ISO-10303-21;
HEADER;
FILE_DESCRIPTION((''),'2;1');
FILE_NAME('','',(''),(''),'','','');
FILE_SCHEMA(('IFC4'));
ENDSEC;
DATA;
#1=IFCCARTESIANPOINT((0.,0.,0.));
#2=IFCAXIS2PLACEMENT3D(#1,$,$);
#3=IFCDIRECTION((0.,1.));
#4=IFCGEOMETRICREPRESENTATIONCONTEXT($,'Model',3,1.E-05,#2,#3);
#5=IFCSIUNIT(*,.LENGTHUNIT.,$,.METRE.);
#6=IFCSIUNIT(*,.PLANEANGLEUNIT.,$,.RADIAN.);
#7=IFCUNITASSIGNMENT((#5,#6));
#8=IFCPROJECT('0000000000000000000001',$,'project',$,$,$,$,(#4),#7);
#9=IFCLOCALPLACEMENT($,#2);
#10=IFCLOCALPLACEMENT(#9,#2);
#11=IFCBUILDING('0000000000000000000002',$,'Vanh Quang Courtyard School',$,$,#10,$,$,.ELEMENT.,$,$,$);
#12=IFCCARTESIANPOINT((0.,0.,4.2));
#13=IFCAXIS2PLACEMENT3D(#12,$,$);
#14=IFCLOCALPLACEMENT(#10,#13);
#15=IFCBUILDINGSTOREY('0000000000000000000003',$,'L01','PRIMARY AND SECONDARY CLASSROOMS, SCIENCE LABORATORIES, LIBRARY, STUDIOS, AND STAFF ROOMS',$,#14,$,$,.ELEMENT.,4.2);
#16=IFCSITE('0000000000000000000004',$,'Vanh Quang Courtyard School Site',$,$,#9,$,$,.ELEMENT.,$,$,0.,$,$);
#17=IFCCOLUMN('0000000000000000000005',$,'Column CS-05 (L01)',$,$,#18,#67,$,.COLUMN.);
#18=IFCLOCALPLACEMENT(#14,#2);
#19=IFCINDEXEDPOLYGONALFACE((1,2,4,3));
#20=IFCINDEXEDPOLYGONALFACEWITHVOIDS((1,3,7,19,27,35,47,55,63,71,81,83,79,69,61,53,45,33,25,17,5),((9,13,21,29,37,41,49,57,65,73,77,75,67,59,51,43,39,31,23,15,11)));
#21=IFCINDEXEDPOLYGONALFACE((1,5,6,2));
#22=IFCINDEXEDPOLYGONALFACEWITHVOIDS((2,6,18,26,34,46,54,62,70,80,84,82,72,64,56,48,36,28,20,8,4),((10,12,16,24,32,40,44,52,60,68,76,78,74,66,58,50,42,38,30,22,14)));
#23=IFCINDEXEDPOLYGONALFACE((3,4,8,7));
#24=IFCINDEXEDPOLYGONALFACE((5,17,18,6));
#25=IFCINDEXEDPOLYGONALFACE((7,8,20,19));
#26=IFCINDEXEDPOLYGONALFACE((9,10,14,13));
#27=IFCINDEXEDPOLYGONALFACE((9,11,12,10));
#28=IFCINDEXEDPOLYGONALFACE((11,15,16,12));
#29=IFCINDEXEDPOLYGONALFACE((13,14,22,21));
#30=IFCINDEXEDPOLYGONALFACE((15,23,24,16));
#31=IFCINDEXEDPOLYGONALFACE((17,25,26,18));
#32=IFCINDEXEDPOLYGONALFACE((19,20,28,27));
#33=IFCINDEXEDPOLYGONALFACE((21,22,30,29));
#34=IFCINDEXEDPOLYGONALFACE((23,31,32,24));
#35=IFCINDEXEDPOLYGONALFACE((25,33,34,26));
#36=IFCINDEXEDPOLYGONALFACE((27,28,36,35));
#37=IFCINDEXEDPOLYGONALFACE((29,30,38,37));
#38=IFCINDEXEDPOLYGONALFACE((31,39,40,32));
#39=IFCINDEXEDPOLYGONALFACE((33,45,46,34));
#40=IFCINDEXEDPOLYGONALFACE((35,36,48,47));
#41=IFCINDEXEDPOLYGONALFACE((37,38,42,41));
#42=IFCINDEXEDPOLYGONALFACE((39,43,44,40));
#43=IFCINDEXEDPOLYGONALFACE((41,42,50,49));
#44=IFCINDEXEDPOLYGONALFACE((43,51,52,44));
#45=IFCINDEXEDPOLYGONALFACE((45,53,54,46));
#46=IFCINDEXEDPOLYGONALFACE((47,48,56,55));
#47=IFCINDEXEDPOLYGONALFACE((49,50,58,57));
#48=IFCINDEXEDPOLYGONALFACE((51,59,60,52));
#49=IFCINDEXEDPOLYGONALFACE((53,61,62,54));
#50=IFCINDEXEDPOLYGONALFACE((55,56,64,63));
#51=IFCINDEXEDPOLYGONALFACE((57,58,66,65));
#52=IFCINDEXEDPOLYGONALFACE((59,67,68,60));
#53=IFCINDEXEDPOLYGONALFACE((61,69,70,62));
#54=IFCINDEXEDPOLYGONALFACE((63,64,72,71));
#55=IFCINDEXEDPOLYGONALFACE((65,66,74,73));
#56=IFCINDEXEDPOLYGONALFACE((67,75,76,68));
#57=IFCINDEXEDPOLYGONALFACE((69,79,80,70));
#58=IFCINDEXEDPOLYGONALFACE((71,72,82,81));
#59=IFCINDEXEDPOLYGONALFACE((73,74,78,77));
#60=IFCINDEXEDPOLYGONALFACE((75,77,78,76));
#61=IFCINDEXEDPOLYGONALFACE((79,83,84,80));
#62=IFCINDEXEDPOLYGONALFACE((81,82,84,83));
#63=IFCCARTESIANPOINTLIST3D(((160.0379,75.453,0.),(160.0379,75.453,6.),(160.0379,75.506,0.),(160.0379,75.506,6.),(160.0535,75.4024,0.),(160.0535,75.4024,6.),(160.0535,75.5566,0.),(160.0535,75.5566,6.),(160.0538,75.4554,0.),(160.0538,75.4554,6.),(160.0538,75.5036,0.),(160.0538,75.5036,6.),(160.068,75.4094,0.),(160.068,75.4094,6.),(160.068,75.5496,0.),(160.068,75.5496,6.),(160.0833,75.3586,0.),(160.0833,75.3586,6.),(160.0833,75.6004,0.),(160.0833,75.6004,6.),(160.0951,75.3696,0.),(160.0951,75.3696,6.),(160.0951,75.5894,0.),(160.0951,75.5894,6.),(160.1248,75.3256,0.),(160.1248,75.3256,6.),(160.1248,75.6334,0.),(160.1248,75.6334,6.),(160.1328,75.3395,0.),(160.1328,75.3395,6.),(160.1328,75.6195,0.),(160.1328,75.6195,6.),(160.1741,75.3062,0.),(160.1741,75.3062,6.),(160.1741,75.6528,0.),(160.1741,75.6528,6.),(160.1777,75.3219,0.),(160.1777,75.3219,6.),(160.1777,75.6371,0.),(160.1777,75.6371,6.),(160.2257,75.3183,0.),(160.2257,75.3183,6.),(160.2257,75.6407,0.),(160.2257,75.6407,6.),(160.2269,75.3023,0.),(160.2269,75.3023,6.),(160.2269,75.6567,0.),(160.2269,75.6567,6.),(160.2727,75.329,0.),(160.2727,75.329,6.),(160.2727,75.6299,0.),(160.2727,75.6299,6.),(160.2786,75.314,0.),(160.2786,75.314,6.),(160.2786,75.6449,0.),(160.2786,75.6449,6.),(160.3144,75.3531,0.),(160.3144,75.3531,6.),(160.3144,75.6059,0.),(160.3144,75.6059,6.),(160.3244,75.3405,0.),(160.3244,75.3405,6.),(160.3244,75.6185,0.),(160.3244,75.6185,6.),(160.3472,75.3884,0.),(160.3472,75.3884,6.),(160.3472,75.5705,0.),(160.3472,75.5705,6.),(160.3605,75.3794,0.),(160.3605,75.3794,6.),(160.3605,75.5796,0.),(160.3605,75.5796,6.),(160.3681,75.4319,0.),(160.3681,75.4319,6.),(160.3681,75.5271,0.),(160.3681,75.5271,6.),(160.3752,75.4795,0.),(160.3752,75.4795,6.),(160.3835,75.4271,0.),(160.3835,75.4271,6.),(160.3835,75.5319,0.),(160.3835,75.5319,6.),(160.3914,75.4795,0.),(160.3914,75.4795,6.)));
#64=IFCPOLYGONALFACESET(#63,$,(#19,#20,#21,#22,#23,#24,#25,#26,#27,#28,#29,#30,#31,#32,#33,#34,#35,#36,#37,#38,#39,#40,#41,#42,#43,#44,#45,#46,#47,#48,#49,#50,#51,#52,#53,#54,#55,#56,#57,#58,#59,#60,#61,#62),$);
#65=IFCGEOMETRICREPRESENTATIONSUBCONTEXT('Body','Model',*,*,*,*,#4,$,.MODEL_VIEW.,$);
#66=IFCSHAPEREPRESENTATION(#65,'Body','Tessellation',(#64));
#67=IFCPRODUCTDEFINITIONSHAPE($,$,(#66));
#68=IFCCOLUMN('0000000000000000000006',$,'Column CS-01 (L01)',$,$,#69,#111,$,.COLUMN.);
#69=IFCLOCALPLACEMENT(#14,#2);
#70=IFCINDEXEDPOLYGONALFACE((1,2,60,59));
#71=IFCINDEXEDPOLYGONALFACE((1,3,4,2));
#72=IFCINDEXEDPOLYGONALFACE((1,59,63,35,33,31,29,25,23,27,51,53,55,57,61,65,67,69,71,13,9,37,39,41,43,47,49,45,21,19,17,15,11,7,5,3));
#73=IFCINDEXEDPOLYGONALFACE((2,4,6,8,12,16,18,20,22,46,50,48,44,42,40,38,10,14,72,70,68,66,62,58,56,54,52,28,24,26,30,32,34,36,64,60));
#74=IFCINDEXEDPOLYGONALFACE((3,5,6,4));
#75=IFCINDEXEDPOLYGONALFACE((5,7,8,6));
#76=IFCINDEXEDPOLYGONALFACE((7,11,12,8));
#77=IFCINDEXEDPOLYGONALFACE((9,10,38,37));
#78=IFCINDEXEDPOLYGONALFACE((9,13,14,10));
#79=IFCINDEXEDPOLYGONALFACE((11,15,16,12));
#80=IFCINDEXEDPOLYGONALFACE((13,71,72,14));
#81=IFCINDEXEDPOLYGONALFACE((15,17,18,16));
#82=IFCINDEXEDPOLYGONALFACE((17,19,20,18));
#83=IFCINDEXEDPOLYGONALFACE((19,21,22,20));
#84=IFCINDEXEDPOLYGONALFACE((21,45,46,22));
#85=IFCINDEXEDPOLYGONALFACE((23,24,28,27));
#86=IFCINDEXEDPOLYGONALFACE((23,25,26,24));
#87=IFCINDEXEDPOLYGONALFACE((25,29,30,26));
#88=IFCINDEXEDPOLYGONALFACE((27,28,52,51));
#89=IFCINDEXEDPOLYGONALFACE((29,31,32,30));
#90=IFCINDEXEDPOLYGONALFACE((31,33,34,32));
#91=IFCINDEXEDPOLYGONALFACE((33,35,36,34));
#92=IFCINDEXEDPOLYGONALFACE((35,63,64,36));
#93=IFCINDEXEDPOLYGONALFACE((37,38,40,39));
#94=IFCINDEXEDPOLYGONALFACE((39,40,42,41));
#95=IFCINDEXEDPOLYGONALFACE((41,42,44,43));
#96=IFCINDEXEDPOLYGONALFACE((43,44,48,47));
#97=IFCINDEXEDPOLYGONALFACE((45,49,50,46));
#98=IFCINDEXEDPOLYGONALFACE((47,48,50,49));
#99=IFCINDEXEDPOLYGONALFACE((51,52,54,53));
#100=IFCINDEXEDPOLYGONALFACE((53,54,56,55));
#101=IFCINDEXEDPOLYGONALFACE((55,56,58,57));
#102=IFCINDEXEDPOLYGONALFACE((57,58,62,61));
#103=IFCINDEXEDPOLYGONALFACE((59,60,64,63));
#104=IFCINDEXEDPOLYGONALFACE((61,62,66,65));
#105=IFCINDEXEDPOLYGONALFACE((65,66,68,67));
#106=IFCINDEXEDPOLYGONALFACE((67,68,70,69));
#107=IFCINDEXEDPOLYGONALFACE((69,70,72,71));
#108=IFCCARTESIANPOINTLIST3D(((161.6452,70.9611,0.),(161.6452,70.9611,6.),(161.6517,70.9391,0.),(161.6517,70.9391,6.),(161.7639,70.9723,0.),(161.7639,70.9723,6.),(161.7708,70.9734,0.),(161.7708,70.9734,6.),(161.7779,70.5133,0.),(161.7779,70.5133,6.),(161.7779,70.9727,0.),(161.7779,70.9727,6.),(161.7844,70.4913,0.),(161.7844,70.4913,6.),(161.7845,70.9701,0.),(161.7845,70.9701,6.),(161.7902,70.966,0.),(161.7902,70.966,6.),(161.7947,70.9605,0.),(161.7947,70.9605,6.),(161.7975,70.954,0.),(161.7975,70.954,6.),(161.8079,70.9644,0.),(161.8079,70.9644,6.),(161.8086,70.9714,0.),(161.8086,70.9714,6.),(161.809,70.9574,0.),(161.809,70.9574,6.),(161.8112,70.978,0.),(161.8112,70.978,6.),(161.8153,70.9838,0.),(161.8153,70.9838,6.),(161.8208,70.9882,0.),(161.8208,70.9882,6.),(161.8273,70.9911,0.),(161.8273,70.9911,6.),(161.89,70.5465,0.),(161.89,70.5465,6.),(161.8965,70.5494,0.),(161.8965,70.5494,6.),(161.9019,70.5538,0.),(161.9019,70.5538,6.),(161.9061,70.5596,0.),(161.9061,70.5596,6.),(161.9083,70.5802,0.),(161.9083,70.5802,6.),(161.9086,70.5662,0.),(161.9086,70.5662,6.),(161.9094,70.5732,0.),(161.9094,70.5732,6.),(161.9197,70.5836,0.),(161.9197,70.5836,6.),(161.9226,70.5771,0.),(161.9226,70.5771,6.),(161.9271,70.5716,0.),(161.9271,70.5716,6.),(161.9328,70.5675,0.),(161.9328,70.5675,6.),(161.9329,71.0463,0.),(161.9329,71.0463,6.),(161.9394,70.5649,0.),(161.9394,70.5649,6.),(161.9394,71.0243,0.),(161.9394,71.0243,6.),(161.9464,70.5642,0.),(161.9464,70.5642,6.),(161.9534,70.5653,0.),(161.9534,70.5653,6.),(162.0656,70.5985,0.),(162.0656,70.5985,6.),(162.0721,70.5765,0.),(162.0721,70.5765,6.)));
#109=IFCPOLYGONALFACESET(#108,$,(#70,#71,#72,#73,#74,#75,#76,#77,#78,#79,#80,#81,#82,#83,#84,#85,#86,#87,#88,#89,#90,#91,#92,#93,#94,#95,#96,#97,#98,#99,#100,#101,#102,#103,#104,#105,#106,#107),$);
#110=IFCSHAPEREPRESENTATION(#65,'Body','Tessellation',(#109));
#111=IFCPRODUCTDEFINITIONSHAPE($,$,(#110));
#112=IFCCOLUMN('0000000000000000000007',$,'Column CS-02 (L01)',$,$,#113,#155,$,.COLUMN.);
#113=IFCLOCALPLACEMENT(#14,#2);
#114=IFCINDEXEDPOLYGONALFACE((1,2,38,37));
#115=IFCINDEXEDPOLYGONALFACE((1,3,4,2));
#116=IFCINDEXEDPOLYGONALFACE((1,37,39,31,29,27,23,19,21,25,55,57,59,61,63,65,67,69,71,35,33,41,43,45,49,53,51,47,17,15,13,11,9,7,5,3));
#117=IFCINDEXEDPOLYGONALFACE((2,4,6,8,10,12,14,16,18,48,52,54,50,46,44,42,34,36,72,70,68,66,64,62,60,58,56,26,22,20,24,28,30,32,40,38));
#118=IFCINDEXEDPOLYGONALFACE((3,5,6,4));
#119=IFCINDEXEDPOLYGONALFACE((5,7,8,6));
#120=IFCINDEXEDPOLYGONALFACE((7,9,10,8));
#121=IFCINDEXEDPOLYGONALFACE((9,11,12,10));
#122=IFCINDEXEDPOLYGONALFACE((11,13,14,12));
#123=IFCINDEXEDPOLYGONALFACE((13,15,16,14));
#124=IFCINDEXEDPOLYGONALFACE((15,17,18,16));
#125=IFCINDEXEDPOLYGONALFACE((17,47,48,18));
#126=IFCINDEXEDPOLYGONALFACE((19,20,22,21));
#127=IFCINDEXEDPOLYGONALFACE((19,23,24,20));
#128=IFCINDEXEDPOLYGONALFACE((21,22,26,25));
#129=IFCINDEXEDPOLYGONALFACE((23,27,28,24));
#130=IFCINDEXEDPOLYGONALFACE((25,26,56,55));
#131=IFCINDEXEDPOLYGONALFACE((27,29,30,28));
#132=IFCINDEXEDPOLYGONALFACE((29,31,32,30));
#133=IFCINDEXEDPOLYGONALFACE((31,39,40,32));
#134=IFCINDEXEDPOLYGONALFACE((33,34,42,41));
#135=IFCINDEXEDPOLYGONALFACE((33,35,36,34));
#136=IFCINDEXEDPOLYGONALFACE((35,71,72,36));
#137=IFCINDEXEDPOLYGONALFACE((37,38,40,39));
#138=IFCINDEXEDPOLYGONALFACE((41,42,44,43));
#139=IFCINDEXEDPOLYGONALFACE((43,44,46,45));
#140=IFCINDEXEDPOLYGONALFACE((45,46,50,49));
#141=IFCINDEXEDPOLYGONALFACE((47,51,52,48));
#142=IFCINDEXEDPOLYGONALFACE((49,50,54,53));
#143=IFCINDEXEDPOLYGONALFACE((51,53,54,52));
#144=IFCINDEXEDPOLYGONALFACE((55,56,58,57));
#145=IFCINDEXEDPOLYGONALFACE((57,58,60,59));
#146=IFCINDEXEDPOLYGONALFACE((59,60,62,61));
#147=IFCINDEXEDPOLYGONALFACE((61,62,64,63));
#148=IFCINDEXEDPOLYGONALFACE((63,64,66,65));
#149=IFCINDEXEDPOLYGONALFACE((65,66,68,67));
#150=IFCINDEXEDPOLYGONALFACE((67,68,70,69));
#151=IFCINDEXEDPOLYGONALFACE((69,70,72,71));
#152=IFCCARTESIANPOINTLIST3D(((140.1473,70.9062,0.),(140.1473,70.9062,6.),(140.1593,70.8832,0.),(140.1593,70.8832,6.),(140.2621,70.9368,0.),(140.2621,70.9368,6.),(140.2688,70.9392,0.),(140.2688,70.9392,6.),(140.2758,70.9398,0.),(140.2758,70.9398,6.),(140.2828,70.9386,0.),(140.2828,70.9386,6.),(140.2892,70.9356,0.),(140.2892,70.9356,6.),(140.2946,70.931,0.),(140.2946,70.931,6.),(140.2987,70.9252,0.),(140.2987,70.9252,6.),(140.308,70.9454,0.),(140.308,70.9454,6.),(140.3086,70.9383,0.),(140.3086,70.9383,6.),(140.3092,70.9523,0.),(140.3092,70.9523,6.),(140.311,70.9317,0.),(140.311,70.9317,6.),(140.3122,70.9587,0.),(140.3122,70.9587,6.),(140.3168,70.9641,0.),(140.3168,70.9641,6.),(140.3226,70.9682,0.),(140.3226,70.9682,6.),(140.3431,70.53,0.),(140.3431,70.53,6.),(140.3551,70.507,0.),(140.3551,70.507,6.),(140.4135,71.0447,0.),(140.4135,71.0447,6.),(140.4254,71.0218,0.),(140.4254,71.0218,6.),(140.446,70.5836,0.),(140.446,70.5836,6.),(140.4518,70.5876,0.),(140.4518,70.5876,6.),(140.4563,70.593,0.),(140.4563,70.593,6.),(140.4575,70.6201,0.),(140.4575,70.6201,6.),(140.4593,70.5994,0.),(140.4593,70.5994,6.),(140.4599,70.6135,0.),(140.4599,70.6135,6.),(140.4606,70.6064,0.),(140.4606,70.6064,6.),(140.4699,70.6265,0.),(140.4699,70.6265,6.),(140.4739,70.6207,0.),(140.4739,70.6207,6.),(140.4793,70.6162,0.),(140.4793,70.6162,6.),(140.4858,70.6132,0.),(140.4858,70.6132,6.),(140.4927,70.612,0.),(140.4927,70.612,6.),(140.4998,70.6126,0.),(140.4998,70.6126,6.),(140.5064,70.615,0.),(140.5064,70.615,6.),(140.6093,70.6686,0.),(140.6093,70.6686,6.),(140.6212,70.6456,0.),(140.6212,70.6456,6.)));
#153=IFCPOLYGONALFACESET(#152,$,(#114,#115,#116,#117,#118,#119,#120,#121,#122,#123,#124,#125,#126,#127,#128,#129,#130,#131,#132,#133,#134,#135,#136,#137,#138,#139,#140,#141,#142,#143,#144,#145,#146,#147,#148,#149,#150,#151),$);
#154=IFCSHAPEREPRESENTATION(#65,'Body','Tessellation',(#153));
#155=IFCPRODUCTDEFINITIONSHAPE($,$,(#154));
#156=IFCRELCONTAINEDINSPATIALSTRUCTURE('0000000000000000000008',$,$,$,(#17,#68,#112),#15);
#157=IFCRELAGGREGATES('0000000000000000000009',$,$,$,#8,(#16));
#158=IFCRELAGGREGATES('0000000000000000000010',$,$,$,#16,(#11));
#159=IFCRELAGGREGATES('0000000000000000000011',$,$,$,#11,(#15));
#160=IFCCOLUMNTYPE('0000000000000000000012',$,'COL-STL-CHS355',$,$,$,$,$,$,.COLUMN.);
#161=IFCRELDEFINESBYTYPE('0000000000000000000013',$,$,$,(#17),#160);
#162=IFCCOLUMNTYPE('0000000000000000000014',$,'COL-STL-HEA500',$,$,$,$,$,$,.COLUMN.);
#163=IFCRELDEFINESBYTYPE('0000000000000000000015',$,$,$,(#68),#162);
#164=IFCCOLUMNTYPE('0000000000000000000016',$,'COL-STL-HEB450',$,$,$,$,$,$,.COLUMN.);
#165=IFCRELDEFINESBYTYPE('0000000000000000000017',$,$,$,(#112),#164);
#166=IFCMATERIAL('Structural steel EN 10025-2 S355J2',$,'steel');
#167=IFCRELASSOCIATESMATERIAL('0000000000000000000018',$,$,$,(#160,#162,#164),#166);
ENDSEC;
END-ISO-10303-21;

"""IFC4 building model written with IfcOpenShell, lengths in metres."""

from ifc_helpers import new_model, si_unit, direction, frame, origin, origin_2d, place, context, subcontext, project, spatial, hollow_circle, i_section, extrude, material, material_profile, profile_set, type_object, element, save


model = new_model("IFC4")

# Units and contexts
model_context = context("Model", 3, precision=1e-05, world=origin(), true_north=direction((0.0, 1.0)))
body_context = subcontext(model_context, "Body", "Model", "MODEL_VIEW")
ifc_project = project(units=[si_unit("LENGTHUNIT", "METRE"), si_unit("PLANEANGLEUNIT", "RADIAN")], contexts=[model_context])

# Site, building, storey
site_placement = place(None, origin())
site = spatial("IfcSite", under=ifc_project, at=site_placement, Name="Vanh Quang Courtyard School Site", CompositionType="ELEMENT", RefElevation=0.0)
building_placement = place(site_placement, origin())
building = spatial("IfcBuilding", under=site, at=building_placement, Name="Vanh Quang Courtyard School", CompositionType="ELEMENT")
storey_placement = place(building_placement, frame((0.0, 0.0, 4.2)))
storey = spatial("IfcBuildingStorey", under=building, at=storey_placement, Name="L01", Description="PRIMARY AND SECONDARY CLASSROOMS, SCIENCE LABORATORIES, LIBRARY, STUDIOS, AND STAFF ROOMS", CompositionType="ELEMENT", Elevation=4.2)

# Columns
ifc_material_1 = material(Name="Structural steel EN 10025-2 S355J2", Category="steel")
ifc_material_profile_1 = material_profile(ifc_material_1, hollow_circle(Radius=0.1777, WallThickness=0.0161, at=origin_2d()), Name="CHS 355.6x16")
ifc_profile_set_1 = profile_set([ifc_material_profile_1], Name="Structural steel EN 10025-2 S355J2")
column_type_1 = type_object("IfcColumnType", Name="COL-STL-CHS355", PredefinedType="COLUMN", material=ifc_profile_set_1)
column_1_placement = place(storey_placement, frame((160.2136, 75.4795, 0.0), z_axis=(0.0, 0.0, 1.0), x_axis=(1.0, 0.0, 0.0)))
element("IfcColumn", 1, at=column_1_placement, inside=storey, type_object=column_type_1, Name="Column CS-05 (L01)", PredefinedType="COLUMN", context=body_context, shape_type="SweptSolid", body=[
    extrude(hollow_circle(Radius=0.1777, WallThickness=0.0161, at=origin_2d()), origin(), (0.0, 0.0, 1.0), 6.0),
])
ifc_material_profile_2 = material_profile(ifc_material_1, i_section(OverallWidth=0.3, OverallDepth=0.49, WebThickness=0.012, FlangeThickness=0.0229, FilletRadius=0.0271, at=origin_2d()), Name="HEA 500")
ifc_profile_set_2 = profile_set([ifc_material_profile_2], Name="Structural steel EN 10025-2 S355J2")
column_type_2 = type_object("IfcColumnType", Name="COL-STL-HEA500", PredefinedType="COLUMN", material=ifc_profile_set_2)
column_2_placement = place(storey_placement, frame((161.8586, 70.7688, 0.0), z_axis=(0.0, 0.0, 1.0), x_axis=(0.95882, 0.284015, 0.0)))
element("IfcColumn", 2, at=column_2_placement, inside=storey, type_object=column_type_2, Name="Column CS-01 (L01)", PredefinedType="COLUMN", context=body_context, shape_type="SweptSolid", body=[
    extrude(i_section(OverallWidth=0.3, OverallDepth=0.49, WebThickness=0.012, FlangeThickness=0.0229, FilletRadius=0.0271, at=origin_2d()), origin(), (0.0, 0.0, 1.0), 6.0),
])
ifc_material_profile_3 = material_profile(ifc_material_1, i_section(OverallWidth=0.3, OverallDepth=0.45, WebThickness=0.0139, FlangeThickness=0.0259, FilletRadius=0.0271, at=origin_2d()), Name="HEB 450")
ifc_profile_set_3 = profile_set([ifc_material_profile_3], Name="Structural steel EN 10025-2 S355J2")
column_type_3 = type_object("IfcColumnType", Name="COL-STL-HEB450", PredefinedType="COLUMN", material=ifc_profile_set_3)
column_3_placement = place(storey_placement, frame((140.3843, 70.7759, 0.0), z_axis=(0.0, 0.0, 1.0), x_axis=(0.887011, 0.461749, 0.0)))
element("IfcColumn", 3, at=column_3_placement, inside=storey, type_object=column_type_3, Name="Column CS-02 (L01)", PredefinedType="COLUMN", context=body_context, shape_type="SweptSolid", body=[
    extrude(i_section(OverallWidth=0.3, OverallDepth=0.45, WebThickness=0.0139, FlangeThickness=0.0259, FilletRadius=0.0271, at=origin_2d()), origin(), (0.0, 0.0, 1.0), 6.0),
])

save(model, "model.ifc")
